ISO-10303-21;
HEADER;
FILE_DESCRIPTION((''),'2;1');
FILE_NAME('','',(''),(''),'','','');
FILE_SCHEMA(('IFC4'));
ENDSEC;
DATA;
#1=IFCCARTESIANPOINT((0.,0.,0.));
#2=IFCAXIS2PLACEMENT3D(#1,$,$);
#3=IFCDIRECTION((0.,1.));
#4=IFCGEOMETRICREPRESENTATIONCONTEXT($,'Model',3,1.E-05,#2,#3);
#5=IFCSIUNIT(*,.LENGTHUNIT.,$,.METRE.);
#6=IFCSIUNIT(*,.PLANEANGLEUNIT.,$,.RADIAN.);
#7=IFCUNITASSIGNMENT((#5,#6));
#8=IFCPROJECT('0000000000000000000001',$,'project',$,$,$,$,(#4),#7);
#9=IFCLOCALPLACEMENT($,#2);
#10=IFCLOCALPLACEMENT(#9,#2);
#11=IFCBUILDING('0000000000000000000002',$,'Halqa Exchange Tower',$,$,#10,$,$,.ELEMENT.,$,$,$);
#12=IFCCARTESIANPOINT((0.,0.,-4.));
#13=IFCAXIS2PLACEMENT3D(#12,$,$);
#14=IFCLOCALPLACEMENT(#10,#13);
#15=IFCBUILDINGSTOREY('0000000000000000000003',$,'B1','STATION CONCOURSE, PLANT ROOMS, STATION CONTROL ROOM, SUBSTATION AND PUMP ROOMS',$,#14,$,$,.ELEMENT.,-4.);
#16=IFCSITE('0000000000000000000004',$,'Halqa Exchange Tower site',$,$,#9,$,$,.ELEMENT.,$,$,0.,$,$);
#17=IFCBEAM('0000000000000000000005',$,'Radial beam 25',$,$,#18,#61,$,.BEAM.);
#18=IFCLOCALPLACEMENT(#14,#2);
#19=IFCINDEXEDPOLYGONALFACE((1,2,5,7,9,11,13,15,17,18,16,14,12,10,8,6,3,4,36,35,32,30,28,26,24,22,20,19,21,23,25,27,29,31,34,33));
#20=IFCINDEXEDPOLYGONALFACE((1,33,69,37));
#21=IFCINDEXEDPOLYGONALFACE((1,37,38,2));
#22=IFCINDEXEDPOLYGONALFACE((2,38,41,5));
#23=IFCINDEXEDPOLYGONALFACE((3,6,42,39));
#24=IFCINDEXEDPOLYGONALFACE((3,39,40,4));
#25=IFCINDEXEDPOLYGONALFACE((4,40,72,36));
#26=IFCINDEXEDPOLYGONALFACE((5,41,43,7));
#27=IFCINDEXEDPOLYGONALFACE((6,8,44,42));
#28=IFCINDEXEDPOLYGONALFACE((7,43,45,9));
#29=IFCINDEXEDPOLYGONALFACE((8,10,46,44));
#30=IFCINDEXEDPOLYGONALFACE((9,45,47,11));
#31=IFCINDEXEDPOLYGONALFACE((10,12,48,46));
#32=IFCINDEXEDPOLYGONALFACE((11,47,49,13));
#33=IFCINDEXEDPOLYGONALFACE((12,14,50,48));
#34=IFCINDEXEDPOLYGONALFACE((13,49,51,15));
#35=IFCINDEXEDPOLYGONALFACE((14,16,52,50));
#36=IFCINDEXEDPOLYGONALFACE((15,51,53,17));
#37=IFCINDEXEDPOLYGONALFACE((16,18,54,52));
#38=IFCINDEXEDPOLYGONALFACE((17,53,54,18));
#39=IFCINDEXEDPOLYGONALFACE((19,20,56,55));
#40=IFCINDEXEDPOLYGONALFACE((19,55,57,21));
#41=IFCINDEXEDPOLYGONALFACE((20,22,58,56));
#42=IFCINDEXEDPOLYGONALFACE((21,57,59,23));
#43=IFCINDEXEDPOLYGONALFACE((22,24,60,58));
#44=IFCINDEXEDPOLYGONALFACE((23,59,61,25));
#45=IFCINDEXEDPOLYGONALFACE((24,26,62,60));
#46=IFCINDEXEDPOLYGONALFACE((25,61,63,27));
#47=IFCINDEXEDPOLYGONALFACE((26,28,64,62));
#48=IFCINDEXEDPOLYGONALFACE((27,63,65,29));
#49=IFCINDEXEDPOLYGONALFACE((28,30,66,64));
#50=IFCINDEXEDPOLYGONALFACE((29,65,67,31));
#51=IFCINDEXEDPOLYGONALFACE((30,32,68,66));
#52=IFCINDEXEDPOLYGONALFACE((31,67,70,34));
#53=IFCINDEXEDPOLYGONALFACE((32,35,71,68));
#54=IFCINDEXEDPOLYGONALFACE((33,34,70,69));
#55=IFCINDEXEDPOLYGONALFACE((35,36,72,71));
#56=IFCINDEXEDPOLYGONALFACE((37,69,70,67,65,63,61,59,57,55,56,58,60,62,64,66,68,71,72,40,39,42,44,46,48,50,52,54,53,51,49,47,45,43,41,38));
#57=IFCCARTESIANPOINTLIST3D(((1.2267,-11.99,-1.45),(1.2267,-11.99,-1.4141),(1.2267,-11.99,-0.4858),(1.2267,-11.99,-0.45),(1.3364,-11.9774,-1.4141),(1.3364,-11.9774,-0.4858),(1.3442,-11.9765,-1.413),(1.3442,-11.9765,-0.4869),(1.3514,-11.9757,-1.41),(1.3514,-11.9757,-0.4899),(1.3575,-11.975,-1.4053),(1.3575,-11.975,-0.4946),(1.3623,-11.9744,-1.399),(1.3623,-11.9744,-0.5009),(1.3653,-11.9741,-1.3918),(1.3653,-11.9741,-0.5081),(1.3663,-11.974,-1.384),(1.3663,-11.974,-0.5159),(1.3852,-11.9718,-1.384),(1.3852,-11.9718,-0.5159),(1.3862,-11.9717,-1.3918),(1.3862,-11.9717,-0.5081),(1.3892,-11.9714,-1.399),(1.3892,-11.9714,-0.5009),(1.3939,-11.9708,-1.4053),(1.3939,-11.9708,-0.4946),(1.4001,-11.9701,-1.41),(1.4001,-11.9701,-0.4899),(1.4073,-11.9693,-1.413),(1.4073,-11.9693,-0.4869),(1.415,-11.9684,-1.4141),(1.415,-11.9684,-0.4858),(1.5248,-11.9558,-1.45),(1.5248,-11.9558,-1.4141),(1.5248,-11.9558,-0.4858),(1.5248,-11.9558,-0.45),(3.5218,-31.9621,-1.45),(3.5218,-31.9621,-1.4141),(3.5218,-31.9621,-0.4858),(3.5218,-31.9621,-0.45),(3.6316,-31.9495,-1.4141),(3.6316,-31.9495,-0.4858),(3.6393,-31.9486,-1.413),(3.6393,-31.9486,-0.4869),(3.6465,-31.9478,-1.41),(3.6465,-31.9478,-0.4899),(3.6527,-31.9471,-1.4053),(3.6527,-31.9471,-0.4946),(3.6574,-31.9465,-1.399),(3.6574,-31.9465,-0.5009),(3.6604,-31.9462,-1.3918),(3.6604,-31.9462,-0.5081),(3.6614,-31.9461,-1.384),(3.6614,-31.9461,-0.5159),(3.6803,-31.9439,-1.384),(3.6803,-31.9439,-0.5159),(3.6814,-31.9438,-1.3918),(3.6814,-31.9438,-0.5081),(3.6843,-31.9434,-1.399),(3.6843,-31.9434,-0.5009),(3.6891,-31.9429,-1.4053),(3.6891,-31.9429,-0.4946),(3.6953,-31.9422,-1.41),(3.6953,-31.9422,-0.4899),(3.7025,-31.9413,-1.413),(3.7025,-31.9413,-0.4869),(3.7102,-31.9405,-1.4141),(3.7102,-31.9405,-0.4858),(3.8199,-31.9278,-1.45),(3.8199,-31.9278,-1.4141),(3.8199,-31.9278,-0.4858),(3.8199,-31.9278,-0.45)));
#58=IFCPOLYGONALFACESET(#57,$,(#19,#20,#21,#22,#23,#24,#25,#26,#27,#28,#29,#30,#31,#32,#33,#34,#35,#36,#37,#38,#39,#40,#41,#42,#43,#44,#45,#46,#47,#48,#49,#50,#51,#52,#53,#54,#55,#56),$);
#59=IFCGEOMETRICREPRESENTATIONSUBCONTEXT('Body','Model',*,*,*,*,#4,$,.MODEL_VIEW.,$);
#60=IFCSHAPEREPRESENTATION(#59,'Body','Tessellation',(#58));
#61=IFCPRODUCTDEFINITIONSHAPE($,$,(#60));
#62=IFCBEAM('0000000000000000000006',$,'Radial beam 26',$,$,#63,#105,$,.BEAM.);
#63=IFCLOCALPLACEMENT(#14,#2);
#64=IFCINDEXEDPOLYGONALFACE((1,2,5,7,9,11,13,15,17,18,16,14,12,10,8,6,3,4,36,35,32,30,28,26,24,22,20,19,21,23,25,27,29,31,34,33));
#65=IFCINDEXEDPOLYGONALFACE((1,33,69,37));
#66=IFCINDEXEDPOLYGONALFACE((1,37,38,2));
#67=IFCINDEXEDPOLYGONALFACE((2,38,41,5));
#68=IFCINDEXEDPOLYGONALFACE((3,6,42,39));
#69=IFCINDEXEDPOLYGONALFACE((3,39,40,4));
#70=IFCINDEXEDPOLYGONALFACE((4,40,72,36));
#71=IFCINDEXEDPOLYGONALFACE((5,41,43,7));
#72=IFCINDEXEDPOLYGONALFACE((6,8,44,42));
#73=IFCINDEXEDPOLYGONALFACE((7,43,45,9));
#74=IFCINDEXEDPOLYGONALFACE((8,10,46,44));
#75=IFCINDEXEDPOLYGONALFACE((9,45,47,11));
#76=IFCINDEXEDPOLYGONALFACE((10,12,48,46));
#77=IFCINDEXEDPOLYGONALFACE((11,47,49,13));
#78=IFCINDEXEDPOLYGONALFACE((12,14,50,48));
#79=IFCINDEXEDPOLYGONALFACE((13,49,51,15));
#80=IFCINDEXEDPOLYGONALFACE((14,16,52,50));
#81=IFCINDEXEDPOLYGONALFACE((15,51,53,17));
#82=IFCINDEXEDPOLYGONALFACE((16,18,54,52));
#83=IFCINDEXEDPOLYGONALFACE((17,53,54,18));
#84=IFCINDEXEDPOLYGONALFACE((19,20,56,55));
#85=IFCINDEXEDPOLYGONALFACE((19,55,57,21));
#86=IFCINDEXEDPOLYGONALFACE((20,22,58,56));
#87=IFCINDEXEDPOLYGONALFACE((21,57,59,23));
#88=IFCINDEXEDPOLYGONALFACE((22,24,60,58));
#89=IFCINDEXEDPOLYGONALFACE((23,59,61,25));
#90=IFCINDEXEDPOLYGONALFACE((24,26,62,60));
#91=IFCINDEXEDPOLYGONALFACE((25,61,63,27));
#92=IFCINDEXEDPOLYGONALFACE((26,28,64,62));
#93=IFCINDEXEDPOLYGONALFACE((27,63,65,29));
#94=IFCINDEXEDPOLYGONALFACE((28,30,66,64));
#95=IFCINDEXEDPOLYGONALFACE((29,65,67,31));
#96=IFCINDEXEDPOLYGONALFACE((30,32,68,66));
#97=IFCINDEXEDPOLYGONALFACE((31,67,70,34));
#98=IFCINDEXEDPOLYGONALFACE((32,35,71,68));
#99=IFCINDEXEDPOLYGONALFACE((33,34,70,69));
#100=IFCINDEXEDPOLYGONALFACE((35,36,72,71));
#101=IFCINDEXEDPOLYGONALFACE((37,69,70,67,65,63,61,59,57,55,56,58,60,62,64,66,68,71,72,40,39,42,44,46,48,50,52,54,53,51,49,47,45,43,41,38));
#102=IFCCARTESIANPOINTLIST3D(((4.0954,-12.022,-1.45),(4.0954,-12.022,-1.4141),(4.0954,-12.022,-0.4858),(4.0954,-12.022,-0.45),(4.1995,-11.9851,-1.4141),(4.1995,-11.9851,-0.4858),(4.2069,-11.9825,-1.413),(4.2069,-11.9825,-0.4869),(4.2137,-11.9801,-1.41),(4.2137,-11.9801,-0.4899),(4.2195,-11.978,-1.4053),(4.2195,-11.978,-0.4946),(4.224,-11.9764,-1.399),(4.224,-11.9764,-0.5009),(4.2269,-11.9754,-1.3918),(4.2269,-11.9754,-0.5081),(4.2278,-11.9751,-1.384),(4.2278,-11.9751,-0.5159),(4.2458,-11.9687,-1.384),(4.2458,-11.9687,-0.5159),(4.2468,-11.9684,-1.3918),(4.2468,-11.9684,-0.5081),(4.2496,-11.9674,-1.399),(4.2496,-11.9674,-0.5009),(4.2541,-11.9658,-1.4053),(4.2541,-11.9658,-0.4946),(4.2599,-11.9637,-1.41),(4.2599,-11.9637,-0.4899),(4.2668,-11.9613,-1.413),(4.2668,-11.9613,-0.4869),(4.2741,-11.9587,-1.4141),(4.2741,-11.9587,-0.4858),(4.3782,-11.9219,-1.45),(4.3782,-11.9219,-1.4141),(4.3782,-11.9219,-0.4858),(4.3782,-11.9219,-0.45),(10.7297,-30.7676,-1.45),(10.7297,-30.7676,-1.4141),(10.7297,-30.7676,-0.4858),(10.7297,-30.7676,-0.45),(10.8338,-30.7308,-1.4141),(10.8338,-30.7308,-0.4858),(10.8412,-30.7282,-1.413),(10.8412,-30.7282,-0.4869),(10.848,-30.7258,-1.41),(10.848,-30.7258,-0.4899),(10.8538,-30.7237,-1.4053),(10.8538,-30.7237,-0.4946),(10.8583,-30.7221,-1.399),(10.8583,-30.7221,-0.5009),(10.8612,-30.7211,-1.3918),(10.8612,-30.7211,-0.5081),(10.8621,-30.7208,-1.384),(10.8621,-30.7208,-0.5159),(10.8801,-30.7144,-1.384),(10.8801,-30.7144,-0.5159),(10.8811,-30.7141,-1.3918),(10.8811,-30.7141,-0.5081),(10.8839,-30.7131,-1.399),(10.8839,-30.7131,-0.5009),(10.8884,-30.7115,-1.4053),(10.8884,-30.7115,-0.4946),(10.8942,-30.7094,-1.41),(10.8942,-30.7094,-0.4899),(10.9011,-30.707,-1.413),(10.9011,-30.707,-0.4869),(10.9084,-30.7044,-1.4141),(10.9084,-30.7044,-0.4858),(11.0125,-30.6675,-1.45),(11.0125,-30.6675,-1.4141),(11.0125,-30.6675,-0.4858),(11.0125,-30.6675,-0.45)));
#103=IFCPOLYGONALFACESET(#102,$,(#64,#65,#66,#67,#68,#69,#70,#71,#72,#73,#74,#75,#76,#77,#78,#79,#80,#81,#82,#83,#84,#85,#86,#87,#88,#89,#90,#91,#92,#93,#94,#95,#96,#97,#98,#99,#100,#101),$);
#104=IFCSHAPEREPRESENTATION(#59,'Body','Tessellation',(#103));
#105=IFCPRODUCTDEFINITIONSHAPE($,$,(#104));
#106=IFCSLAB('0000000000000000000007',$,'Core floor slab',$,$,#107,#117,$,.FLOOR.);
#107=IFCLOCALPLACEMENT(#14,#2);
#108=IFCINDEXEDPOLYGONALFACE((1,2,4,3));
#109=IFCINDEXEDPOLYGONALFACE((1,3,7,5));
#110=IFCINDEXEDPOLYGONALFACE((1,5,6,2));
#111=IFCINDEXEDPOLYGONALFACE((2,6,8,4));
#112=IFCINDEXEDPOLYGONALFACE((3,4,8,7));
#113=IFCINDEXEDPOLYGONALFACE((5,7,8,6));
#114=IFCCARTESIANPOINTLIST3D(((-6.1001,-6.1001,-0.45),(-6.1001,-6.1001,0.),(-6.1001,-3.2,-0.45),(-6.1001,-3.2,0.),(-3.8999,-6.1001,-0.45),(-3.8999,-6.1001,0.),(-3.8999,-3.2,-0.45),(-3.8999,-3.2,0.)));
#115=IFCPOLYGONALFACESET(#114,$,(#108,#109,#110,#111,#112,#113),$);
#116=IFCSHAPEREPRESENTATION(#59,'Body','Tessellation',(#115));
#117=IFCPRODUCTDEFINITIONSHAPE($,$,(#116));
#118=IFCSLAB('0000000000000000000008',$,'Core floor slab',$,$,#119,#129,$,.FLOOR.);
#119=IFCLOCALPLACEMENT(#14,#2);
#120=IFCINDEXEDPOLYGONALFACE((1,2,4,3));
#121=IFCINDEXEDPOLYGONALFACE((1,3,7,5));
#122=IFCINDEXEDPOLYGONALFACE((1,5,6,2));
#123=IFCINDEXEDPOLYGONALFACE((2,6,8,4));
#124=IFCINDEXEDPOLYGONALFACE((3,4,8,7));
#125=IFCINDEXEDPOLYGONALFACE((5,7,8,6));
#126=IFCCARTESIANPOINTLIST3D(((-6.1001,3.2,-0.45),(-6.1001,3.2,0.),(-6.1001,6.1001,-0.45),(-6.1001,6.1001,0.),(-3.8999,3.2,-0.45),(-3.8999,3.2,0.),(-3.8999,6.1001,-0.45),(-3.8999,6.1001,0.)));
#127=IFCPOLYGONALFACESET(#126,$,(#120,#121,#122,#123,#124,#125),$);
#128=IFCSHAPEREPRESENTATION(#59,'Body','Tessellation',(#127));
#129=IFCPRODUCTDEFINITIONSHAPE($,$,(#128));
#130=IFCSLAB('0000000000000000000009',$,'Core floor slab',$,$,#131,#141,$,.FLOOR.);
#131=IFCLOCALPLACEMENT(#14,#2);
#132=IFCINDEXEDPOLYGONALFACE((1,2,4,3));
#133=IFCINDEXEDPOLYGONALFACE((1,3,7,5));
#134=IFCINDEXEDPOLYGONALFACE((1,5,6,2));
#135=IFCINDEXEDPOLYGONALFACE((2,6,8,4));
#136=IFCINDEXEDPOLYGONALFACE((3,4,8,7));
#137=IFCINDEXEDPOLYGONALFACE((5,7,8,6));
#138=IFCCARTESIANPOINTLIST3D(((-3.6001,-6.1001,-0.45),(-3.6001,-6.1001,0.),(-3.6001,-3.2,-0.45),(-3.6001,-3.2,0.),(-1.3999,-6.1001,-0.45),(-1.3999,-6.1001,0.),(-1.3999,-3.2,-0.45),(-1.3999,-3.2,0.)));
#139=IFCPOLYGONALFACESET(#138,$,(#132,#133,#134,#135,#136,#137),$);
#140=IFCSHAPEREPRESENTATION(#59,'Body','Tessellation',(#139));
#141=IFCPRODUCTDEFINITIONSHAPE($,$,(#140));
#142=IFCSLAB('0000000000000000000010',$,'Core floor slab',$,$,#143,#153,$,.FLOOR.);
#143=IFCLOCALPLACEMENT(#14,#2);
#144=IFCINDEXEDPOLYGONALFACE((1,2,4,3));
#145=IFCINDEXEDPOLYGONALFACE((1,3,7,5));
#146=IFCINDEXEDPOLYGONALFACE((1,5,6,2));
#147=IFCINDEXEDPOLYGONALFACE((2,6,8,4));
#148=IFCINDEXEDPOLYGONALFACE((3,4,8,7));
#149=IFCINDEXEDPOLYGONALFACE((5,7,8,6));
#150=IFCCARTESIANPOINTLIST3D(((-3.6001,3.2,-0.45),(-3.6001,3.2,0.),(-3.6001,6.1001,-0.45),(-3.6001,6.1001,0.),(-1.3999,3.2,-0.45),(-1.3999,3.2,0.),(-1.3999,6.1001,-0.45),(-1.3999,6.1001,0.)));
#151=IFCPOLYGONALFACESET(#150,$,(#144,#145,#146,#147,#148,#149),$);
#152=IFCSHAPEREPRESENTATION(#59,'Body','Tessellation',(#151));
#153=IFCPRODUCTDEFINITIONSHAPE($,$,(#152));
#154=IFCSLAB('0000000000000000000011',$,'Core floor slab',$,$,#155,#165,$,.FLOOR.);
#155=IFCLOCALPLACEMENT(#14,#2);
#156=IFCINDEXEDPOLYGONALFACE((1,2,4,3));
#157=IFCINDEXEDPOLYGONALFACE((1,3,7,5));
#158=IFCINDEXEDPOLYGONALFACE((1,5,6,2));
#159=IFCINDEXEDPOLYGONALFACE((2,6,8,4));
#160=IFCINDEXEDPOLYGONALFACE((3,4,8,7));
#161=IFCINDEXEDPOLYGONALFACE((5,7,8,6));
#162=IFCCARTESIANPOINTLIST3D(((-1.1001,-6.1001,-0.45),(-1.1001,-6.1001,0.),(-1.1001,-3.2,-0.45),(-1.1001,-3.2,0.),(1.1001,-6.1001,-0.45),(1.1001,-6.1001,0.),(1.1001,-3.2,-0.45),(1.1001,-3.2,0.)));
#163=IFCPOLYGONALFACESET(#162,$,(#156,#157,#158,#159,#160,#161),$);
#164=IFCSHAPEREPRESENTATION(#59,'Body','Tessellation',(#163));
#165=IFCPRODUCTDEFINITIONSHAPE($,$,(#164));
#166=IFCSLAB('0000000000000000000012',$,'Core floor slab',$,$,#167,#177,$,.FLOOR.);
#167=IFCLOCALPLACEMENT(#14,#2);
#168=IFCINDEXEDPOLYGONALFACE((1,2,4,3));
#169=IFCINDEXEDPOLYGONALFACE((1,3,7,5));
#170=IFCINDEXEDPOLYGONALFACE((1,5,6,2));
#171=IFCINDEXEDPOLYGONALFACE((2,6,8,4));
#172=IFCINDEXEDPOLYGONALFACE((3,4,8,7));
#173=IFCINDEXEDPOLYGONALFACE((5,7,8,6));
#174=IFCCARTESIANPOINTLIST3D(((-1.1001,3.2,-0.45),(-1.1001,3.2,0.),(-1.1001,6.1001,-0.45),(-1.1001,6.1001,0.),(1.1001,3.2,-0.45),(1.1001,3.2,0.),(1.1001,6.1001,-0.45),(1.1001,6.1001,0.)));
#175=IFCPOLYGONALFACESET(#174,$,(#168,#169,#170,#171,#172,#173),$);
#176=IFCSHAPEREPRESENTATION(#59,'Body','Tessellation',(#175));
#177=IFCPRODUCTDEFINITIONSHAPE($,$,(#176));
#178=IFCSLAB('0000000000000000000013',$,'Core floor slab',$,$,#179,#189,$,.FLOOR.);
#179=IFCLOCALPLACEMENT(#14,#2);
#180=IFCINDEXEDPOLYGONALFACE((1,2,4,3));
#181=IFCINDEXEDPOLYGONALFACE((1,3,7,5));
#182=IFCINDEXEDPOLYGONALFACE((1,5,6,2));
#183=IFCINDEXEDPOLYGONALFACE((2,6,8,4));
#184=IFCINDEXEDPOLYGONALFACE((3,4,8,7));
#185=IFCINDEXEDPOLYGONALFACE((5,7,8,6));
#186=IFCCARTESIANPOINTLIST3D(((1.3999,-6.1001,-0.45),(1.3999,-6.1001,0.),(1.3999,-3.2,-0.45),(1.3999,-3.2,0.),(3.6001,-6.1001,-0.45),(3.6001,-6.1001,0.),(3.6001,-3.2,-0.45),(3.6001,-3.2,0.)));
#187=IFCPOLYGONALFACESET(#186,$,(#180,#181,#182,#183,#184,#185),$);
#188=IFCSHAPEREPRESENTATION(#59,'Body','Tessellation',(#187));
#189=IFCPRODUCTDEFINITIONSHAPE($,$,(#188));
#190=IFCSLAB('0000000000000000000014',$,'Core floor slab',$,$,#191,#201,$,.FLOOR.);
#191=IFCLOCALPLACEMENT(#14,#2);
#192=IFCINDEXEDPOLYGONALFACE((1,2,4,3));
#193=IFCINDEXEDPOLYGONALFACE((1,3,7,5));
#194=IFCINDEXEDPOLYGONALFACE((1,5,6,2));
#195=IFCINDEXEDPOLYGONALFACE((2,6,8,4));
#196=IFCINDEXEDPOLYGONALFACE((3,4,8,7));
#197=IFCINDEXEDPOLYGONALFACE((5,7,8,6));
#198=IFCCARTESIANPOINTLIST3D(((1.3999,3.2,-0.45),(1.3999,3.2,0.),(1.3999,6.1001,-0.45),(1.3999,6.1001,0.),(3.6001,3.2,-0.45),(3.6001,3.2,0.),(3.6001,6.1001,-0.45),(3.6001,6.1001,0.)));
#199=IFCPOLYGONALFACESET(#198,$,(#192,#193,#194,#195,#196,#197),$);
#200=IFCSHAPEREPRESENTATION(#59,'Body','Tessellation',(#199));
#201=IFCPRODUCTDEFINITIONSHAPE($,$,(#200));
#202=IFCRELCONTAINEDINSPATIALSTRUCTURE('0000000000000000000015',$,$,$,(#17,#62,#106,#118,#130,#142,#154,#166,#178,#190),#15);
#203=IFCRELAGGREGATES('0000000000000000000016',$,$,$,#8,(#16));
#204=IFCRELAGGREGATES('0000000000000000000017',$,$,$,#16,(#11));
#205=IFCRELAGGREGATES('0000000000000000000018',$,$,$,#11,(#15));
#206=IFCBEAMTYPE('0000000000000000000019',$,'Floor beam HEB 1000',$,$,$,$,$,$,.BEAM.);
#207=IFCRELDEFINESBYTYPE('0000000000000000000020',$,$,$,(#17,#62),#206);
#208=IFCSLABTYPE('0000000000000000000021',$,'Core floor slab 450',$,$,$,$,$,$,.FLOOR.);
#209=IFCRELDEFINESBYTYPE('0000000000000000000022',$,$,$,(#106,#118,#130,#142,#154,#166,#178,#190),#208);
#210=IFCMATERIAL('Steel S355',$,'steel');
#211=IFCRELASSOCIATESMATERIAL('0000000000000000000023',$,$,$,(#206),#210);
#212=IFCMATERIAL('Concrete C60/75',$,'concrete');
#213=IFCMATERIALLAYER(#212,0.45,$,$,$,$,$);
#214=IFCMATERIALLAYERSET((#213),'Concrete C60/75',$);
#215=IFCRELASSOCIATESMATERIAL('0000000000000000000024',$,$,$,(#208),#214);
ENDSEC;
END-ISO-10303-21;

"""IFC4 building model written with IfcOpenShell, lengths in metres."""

from ifc_helpers import new_model, si_unit, direction, frame, origin, origin_2d, place, context, subcontext, project, spatial, polyline, i_section, outline, extrude, material, layer, layer_set, material_profile, profile_set, type_object, element, save


model = new_model("IFC4")

# Units and contexts
model_context = context("Model", 3, precision=1e-05, world=origin(), true_north=direction((0.0, 1.0)))
body_context = subcontext(model_context, "Body", "Model", "MODEL_VIEW")
ifc_project = project(units=[si_unit("LENGTHUNIT", "METRE"), si_unit("PLANEANGLEUNIT", "RADIAN")], contexts=[model_context])

# Site, building, storey
site_placement = place(None, origin())
site = spatial("IfcSite", under=ifc_project, at=site_placement, Name="Halqa Exchange Tower site", CompositionType="ELEMENT", RefElevation=0.0)
building_placement = place(site_placement, origin())
building = spatial("IfcBuilding", under=site, at=building_placement, Name="Halqa Exchange Tower", CompositionType="ELEMENT")
storey_placement = place(building_placement, frame((0.0, 0.0, -4.0)))
storey = spatial("IfcBuildingStorey", under=building, at=storey_placement, Name="B1", Description="STATION CONCOURSE, PLANT ROOMS, STATION CONTROL ROOM, SUBSTATION AND PUMP ROOMS", CompositionType="ELEMENT", Elevation=-4.0)

# Beams
ifc_material_1 = material(Name="Steel S355", Category="steel")
ifc_material_profile = material_profile(ifc_material_1, i_section(OverallWidth=0.3, OverallDepth=1.0, WebThickness=0.019, FlangeThickness=0.0359, FilletRadius=0.03, at=origin_2d()), Name="HEB 1000")
ifc_profile_set = profile_set([ifc_material_profile], Name="Steel S355")
beam_type = type_object("IfcBeamType", Name="Floor beam HEB 1000", PredefinedType="BEAM", material=ifc_profile_set)
beam_1_placement = place(storey_placement, frame((1.3757, -11.9729, -0.95), z_axis=(0.114167, -0.993462, 0.0), x_axis=(0.993462, 0.114167, 0.0)))
element("IfcBeam", 1, at=beam_1_placement, inside=storey, type_object=beam_type, Name="Radial beam 25", PredefinedType="BEAM", context=body_context, shape_type="SweptSolid", body=[
    extrude(i_section(OverallWidth=0.3, OverallDepth=1.0, WebThickness=0.019, FlangeThickness=0.0359, FilletRadius=0.03, at=origin_2d()), origin(), (0.0, 0.0, 1.0), 20.1035),
])
beam_2_placement = place(storey_placement, frame((4.2368, -11.9719, -0.95), z_axis=(0.333633, -0.942703, 0.0), x_axis=(0.942703, 0.333633, 0.0)))
element("IfcBeam", 2, at=beam_2_placement, inside=storey, type_object=beam_type, Name="Radial beam 26", PredefinedType="BEAM", context=body_context, shape_type="SweptSolid", body=[
    extrude(i_section(OverallWidth=0.3, OverallDepth=1.0, WebThickness=0.019, FlangeThickness=0.0359, FilletRadius=0.03, at=origin_2d()), origin(), (0.0, 0.0, 1.0), 19.885),
])

# Slabs
ifc_material_2 = material(Name="Concrete C60/75", Category="concrete")
ifc_layer_1 = layer(ifc_material_2, 0.45)
ifc_layer_set_1 = layer_set([ifc_layer_1], Name="Concrete C60/75")
slab_type = type_object("IfcSlabType", Name="Core floor slab 450", PredefinedType="FLOOR", material=ifc_layer_set_1)
slab_1_placement = place(storey_placement, frame((0.0, 0.0, -0.45)))
element("IfcSlab", 3, at=slab_1_placement, inside=storey, type_object=slab_type, Name="Core floor slab", PredefinedType="FLOOR", context=body_context, shape_type="SweptSolid", body=[
    extrude(outline(polyline([(-3.8999, -6.1001), (-6.1001, -6.1001), (-6.1001, -3.2), (-3.8999, -3.2), (-3.8999, -6.1001)])), origin(), (0.0, 0.0, 1.0), 0.45),
])
slab_2_placement = place(storey_placement, frame((0.0, 0.0, -0.45)))
element("IfcSlab", 4, at=slab_2_placement, inside=storey, type_object=slab_type, Name="Core floor slab", PredefinedType="FLOOR", context=body_context, shape_type="SweptSolid", body=[
    extrude(outline(polyline([(-3.8999, 3.2), (-6.1001, 3.2), (-6.1001, 6.1001), (-3.8999, 6.1001), (-3.8999, 3.2)])), origin(), (0.0, 0.0, 1.0), 0.45),
])
slab_3_placement = place(storey_placement, frame((0.0, 0.0, -0.45)))
element("IfcSlab", 5, at=slab_3_placement, inside=storey, type_object=slab_type, Name="Core floor slab", PredefinedType="FLOOR", context=body_context, shape_type="SweptSolid", body=[
    extrude(outline(polyline([(-1.3999, -6.1001), (-3.6001, -6.1001), (-3.6001, -3.2), (-1.3999, -3.2), (-1.3999, -6.1001)])), origin(), (0.0, 0.0, 1.0), 0.45),
])
slab_4_placement = place(storey_placement, frame((0.0, 0.0, -0.45)))
element("IfcSlab", 6, at=slab_4_placement, inside=storey, type_object=slab_type, Name="Core floor slab", PredefinedType="FLOOR", context=body_context, shape_type="SweptSolid", body=[
    extrude(outline(polyline([(-1.3999, 6.1001), (-1.3999, 3.2), (-3.6001, 3.2), (-3.6001, 6.1001), (-1.3999, 6.1001)])), origin(), (0.0, 0.0, 1.0), 0.45),
])
slab_5_placement = place(storey_placement, frame((0.0, 0.0, -0.45)))
element("IfcSlab", 7, at=slab_5_placement, inside=storey, type_object=slab_type, Name="Core floor slab", PredefinedType="FLOOR", context=body_context, shape_type="SweptSolid", body=[
    extrude(outline(polyline([(1.1001, -3.2), (1.1001, -6.1001), (-1.1001, -6.1001), (-1.1001, -3.2), (1.1001, -3.2)])), origin(), (0.0, 0.0, 1.0), 0.45),
])
slab_6_placement = place(storey_placement, frame((0.0, 0.0, -0.45)))
element("IfcSlab", 8, at=slab_6_placement, inside=storey, type_object=slab_type, Name="Core floor slab", PredefinedType="FLOOR", context=body_context, shape_type="SweptSolid", body=[
    extrude(outline(polyline([(1.1001, 6.1001), (1.1001, 3.2), (-1.1001, 3.2), (-1.1001, 6.1001), (1.1001, 6.1001)])), origin(), (0.0, 0.0, 1.0), 0.45),
])
slab_7_placement = place(storey_placement, frame((0.0, 0.0, -0.45)))
element("IfcSlab", 9, at=slab_7_placement, inside=storey, type_object=slab_type, Name="Core floor slab", PredefinedType="FLOOR", context=body_context, shape_type="SweptSolid", body=[
    extrude(outline(polyline([(3.6001, -3.2), (3.6001, -6.1001), (1.3999, -6.1001), (1.3999, -3.2), (3.6001, -3.2)])), origin(), (0.0, 0.0, 1.0), 0.45),
])
slab_8_placement = place(storey_placement, frame((0.0, 0.0, -0.45)))
element("IfcSlab", 10, at=slab_8_placement, inside=storey, type_object=slab_type, Name="Core floor slab", PredefinedType="FLOOR", context=body_context, shape_type="SweptSolid", body=[
    extrude(outline(polyline([(3.6001, 6.1001), (3.6001, 3.2), (1.3999, 3.2), (1.3999, 6.1001), (3.6001, 6.1001)])), origin(), (0.0, 0.0, 1.0), 0.45),
])

save(model, "model.ifc")
